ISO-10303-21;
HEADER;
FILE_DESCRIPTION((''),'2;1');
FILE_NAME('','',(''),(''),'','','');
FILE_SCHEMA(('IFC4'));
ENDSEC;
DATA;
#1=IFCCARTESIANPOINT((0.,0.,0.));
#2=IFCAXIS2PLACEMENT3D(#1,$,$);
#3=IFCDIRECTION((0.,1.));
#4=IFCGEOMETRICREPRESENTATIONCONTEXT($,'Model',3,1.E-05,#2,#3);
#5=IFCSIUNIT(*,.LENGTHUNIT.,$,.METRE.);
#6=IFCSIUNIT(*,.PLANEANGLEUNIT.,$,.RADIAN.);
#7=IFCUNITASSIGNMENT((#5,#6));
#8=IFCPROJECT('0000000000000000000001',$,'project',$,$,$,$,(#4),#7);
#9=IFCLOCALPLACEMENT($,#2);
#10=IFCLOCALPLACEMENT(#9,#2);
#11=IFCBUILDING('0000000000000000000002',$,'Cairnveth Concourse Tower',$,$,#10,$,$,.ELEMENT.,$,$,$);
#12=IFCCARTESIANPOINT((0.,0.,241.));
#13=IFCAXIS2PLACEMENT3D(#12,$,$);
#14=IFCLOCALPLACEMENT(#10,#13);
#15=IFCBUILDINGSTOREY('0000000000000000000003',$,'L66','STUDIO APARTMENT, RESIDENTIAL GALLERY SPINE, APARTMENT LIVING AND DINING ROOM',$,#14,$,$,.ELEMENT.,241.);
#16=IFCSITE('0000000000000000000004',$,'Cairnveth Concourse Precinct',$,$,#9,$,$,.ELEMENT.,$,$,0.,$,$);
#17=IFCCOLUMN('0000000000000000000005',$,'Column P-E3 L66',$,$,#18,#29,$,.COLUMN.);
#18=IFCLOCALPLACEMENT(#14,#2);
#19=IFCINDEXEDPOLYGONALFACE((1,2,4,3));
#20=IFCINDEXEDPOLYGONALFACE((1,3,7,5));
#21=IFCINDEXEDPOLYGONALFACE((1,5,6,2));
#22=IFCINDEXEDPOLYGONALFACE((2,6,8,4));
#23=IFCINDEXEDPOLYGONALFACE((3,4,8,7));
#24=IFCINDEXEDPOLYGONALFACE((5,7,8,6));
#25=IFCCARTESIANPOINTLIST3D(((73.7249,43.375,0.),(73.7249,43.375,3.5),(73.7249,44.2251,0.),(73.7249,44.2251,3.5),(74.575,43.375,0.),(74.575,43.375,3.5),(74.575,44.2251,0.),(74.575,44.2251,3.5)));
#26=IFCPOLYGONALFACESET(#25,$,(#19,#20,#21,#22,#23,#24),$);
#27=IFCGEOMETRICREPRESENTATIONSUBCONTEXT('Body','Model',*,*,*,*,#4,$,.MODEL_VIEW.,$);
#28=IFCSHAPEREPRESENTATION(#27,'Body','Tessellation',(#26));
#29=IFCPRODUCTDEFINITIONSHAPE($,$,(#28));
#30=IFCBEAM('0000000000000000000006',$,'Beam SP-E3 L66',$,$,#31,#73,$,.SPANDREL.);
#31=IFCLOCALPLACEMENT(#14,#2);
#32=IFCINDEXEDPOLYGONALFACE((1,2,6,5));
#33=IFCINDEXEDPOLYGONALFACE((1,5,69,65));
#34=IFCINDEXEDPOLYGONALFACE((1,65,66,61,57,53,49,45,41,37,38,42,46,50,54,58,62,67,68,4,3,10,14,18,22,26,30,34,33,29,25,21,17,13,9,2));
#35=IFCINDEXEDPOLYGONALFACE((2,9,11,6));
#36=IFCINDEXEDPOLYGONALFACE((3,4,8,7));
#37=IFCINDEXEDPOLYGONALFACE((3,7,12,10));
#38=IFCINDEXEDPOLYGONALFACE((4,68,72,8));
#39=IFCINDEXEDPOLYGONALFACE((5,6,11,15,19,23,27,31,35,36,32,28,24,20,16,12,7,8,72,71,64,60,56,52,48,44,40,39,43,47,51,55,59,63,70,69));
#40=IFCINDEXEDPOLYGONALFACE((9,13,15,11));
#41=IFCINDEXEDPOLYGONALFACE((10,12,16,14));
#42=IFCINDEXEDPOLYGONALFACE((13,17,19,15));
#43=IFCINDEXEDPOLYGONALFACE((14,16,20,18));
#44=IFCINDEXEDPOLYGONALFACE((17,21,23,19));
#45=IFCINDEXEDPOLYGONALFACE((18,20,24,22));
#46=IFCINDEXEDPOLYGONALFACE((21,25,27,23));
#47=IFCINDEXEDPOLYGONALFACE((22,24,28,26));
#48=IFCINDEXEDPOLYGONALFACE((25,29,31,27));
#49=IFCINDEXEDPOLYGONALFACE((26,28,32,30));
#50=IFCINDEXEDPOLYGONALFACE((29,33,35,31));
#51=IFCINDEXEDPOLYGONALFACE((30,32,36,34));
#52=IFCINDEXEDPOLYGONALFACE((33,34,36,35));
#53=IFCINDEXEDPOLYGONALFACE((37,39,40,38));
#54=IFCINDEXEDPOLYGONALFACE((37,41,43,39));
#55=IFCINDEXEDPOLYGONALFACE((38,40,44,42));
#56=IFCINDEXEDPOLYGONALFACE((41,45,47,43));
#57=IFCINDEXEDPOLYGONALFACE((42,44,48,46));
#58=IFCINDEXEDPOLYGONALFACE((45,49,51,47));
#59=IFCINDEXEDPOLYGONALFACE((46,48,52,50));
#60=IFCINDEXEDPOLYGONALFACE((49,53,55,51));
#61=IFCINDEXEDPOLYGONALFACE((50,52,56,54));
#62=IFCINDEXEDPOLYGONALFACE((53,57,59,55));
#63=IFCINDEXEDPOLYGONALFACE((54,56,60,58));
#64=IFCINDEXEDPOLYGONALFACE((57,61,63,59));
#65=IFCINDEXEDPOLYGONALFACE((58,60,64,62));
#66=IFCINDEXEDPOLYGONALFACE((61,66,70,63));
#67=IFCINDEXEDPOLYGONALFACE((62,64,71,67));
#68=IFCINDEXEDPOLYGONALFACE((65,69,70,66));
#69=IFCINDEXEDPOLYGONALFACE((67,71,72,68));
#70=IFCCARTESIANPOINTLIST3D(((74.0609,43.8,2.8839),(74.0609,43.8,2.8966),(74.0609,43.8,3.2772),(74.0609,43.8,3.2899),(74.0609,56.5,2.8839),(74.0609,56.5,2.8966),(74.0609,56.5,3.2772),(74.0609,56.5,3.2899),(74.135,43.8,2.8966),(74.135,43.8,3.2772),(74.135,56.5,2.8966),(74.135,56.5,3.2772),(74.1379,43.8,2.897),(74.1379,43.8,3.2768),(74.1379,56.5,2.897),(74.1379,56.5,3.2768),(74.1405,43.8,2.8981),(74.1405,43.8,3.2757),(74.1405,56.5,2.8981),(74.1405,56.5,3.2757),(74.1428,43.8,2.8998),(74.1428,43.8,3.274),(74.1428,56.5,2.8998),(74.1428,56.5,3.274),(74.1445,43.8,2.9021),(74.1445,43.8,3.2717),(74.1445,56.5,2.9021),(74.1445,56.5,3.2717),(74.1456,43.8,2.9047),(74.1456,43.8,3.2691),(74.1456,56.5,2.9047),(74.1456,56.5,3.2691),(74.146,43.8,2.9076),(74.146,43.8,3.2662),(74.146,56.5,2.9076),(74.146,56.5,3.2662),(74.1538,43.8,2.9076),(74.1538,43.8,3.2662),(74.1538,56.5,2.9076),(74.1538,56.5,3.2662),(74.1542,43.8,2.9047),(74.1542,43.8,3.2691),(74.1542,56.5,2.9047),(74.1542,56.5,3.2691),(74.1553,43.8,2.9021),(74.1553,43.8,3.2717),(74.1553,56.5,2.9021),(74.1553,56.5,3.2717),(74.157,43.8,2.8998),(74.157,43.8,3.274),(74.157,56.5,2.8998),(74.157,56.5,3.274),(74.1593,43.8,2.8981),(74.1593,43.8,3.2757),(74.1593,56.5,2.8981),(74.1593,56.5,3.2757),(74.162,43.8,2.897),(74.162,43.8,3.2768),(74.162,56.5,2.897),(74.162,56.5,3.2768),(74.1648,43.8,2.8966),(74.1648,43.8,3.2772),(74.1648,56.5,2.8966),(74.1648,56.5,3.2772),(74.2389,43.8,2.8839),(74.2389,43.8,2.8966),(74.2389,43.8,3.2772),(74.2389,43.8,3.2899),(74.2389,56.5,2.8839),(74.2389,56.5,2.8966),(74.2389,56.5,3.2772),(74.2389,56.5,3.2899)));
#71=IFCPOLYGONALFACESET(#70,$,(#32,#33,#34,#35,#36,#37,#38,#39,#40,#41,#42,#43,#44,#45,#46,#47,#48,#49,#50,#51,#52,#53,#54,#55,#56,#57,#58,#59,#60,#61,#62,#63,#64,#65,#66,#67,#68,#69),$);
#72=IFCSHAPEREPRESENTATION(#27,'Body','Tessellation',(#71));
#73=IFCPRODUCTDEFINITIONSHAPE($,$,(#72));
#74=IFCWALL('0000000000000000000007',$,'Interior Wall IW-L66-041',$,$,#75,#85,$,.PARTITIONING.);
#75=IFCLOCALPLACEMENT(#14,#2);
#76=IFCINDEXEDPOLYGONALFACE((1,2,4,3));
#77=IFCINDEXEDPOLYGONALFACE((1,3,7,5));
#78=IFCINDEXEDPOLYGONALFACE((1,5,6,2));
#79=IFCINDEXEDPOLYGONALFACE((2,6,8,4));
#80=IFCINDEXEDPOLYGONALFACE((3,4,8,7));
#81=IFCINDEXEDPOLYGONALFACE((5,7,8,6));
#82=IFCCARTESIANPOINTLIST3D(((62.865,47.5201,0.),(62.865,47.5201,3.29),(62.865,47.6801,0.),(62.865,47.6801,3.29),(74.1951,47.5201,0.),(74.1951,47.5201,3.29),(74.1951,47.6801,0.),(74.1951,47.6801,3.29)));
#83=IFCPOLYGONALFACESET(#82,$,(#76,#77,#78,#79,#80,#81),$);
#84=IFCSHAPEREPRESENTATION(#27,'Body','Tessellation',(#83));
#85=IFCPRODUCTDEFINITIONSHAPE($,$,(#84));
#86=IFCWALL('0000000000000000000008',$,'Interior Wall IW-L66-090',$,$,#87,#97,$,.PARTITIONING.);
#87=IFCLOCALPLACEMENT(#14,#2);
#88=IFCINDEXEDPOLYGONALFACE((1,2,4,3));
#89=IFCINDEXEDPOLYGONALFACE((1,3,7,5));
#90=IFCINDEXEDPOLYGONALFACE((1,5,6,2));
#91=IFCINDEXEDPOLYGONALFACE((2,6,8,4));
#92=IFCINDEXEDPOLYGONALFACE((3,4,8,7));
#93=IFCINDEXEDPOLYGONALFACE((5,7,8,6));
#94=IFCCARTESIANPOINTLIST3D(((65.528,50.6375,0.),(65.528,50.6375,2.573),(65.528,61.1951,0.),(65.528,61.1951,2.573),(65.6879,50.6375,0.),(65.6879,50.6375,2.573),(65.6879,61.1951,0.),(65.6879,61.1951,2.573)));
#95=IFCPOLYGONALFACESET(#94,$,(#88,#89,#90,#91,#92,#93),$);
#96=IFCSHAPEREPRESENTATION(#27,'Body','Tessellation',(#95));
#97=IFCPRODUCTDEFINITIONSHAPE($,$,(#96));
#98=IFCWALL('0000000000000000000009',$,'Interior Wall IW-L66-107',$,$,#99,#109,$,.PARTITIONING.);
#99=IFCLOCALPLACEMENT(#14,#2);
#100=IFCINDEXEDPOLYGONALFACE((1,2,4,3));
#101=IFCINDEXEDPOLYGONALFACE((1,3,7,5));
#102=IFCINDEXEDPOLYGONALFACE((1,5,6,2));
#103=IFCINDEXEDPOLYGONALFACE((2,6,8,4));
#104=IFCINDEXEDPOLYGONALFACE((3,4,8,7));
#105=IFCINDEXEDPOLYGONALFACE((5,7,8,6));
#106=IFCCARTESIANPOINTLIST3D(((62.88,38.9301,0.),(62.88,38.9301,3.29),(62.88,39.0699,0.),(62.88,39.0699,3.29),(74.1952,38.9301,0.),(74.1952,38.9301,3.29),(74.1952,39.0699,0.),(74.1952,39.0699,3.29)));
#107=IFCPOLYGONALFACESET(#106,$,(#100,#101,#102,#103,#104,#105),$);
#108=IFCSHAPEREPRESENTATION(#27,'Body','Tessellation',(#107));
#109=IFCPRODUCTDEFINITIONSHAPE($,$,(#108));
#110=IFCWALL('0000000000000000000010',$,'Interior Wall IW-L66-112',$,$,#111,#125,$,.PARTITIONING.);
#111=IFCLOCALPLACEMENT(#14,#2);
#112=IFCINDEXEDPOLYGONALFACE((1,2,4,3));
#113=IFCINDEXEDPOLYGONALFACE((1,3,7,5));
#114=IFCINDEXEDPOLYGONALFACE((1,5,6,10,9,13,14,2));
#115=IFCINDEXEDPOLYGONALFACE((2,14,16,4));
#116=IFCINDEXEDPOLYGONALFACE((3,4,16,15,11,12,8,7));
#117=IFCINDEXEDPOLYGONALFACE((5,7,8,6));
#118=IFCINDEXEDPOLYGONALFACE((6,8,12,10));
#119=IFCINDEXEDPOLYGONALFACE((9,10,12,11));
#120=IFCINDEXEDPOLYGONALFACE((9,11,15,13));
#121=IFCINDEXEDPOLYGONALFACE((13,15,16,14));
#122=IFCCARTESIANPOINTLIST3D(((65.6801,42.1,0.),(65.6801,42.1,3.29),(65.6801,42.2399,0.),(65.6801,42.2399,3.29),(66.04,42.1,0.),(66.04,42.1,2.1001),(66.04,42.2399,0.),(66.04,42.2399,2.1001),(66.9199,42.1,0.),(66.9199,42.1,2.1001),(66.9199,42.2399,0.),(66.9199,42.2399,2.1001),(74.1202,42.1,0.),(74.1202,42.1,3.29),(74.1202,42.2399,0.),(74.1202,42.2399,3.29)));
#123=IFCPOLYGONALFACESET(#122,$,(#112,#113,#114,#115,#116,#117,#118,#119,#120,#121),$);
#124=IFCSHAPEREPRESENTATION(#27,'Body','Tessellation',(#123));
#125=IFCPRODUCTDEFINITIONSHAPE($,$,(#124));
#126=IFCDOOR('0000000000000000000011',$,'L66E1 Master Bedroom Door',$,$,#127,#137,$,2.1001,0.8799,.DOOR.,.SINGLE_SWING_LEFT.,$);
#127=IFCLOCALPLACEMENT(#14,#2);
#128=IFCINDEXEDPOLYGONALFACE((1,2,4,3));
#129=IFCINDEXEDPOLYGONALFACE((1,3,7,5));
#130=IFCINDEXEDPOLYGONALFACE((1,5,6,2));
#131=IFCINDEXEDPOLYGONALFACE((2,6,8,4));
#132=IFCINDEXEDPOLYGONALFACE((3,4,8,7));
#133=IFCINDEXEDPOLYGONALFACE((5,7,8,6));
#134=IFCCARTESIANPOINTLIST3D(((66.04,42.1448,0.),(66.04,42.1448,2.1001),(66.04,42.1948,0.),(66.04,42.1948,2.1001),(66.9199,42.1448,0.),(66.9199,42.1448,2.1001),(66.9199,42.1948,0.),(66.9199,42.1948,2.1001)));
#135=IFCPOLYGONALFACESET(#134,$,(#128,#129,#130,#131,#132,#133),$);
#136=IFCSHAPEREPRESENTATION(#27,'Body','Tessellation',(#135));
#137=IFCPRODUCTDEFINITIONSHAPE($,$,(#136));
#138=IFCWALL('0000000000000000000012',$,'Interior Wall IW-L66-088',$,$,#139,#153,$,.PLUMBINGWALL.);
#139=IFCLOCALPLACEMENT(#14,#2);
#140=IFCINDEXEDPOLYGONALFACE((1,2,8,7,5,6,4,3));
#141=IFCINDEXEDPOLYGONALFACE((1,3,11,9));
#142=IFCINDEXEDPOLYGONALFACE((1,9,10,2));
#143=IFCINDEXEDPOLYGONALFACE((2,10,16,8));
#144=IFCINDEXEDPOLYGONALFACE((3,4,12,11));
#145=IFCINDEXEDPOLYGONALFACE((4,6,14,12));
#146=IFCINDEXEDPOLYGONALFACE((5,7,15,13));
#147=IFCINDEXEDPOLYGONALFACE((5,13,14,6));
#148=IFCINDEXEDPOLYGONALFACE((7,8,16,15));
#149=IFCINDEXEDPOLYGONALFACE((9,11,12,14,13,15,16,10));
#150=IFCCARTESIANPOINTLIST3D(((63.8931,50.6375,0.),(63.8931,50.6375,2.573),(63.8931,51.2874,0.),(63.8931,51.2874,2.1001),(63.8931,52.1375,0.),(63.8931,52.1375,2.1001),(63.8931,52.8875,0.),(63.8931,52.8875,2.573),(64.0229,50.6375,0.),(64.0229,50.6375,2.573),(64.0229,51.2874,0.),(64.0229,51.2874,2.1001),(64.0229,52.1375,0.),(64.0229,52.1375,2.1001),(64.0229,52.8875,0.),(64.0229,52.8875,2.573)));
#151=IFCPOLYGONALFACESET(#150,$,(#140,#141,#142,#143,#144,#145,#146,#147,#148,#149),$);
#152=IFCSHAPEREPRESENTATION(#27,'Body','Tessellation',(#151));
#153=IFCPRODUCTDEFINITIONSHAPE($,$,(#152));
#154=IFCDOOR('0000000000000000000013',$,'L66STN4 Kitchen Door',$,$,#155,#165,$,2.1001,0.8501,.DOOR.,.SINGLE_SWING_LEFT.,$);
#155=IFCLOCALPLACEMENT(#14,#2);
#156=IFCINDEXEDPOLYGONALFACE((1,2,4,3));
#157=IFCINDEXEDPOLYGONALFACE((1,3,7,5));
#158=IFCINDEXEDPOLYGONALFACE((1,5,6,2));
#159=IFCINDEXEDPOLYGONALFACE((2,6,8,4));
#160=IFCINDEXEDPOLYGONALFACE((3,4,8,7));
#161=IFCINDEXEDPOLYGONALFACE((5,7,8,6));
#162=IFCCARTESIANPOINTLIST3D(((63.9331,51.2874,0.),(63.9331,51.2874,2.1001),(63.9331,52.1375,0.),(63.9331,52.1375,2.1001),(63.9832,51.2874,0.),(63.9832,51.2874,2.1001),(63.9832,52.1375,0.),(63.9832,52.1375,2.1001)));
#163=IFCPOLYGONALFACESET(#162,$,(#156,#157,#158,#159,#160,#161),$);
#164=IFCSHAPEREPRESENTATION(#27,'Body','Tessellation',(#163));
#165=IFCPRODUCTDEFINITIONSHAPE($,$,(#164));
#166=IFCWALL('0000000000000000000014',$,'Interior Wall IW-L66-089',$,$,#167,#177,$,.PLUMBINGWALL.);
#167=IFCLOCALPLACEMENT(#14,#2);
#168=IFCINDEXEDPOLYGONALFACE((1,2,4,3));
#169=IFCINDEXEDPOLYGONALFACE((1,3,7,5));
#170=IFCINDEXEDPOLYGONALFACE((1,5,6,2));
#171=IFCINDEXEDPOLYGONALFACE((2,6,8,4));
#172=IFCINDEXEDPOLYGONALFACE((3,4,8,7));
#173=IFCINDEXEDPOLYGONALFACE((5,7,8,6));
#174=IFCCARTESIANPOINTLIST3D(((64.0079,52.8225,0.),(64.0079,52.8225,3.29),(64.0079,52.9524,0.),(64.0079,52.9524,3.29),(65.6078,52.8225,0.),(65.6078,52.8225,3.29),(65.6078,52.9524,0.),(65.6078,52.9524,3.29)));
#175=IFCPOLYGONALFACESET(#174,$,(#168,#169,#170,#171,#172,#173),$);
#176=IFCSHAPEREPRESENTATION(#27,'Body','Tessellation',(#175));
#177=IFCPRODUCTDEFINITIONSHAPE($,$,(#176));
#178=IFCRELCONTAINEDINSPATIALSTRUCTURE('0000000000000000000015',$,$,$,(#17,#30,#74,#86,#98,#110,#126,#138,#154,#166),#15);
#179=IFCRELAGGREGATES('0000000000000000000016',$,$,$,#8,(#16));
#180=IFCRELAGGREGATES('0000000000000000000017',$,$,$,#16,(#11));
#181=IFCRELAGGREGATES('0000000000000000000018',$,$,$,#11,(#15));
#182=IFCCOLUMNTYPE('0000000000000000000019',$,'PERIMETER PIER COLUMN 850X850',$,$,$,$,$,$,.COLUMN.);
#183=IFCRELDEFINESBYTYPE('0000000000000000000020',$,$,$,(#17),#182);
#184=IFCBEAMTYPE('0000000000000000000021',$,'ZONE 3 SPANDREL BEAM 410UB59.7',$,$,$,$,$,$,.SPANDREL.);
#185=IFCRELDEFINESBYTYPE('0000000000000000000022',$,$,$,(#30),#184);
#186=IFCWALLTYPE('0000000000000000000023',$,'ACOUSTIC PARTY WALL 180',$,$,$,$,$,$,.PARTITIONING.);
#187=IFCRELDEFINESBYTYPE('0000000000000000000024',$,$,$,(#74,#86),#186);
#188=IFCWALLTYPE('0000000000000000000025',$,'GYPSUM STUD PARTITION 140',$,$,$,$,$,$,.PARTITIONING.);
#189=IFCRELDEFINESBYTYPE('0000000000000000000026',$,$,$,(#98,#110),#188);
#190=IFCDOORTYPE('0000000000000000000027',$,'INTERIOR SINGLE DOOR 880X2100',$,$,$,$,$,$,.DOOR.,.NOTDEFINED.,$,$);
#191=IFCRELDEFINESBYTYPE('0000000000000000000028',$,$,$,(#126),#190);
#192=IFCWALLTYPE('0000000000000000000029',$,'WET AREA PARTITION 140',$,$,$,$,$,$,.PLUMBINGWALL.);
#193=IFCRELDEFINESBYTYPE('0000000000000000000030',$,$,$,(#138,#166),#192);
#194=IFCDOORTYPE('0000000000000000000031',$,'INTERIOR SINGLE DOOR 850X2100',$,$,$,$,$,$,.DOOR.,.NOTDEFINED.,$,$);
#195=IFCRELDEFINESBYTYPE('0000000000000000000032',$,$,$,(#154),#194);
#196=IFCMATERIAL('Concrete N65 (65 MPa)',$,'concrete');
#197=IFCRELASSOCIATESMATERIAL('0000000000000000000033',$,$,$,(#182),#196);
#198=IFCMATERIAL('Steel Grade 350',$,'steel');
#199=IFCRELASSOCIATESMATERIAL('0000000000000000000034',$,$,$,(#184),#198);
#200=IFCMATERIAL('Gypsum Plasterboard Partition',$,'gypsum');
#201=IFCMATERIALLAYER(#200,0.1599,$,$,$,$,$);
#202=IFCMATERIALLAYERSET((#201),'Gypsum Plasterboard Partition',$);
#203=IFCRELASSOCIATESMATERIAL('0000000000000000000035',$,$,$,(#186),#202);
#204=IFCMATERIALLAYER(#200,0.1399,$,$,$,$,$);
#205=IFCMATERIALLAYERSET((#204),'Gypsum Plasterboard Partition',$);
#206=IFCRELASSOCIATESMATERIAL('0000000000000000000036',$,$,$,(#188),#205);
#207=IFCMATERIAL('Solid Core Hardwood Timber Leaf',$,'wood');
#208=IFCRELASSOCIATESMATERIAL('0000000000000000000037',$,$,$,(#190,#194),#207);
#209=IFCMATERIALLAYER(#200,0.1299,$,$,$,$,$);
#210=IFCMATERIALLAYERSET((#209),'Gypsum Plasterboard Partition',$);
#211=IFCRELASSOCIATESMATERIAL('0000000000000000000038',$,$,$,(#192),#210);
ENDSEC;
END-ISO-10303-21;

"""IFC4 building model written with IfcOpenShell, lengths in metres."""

from ifc_helpers import new_model, si_unit, direction, frame, frame_2d, origin, origin_2d, place, context, subcontext, project, spatial, rectangle, i_section, extrude, material, layer, layer_set, material_profile, profile_set, type_object, element, fill, save


model = new_model("IFC4")

# Units and contexts
model_context = context("Model", 3, precision=1e-05, world=origin(), true_north=direction((0.0, 1.0)))
body_context = subcontext(model_context, "Body", "Model", "MODEL_VIEW")
ifc_project = project(units=[si_unit("LENGTHUNIT", "METRE"), si_unit("PLANEANGLEUNIT", "RADIAN")], contexts=[model_context])

# Site, building, storey
site_placement = place(None, origin())
site = spatial("IfcSite", under=ifc_project, at=site_placement, Name="Cairnveth Concourse Precinct", CompositionType="ELEMENT", RefElevation=0.0)
building_placement = place(site_placement, origin())
building = spatial("IfcBuilding", under=site, at=building_placement, Name="Cairnveth Concourse Tower", CompositionType="ELEMENT")
storey_placement = place(building_placement, frame((0.0, 0.0, 241.0)))
storey = spatial("IfcBuildingStorey", under=building, at=storey_placement, Name="L66", Description="STUDIO APARTMENT, RESIDENTIAL GALLERY SPINE, APARTMENT LIVING AND DINING ROOM", CompositionType="ELEMENT", Elevation=241.0)

# Column
ifc_material_1 = material(Name="Concrete N65 (65 MPa)", Category="concrete")
ifc_material_profile_1 = material_profile(ifc_material_1, rectangle(XDim=0.8501, YDim=0.8501, at=origin_2d()), Name="RC-COL-850x850")
ifc_profile_set_1 = profile_set([ifc_material_profile_1], Name="Concrete N65 (65 MPa)")
column_type = type_object("IfcColumnType", Name="PERIMETER PIER COLUMN 850X850", PredefinedType="COLUMN", material=ifc_profile_set_1)
column_placement = place(storey_placement, frame((74.1499, 43.8, 0.0), z_axis=(0.0, 0.0, 1.0), x_axis=(0.0, 1.0, 0.0)))
element("IfcColumn", 1, at=column_placement, inside=storey, type_object=column_type, Name="Column P-E3 L66", PredefinedType="COLUMN", context=body_context, shape_type="SweptSolid", body=[
    extrude(rectangle(XDim=0.8501, YDim=0.8501, at=origin_2d()), origin(), (0.0, 0.0, 1.0), 3.5),
])

# Beam
ifc_material_2 = material(Name="Steel Grade 350", Category="steel")
ifc_material_profile_2 = material_profile(ifc_material_2, i_section(OverallWidth=0.178, OverallDepth=0.406, WebThickness=0.0078, FlangeThickness=0.0127, FilletRadius=0.011, at=origin_2d()), Name="410UB59.7")
ifc_profile_set_2 = profile_set([ifc_material_profile_2], Name="Steel Grade 350")
beam_type = type_object("IfcBeamType", Name="ZONE 3 SPANDREL BEAM 410UB59.7", PredefinedType="SPANDREL", material=ifc_profile_set_2)
beam_placement = place(storey_placement, frame((74.1499, 43.8, 3.0869), z_axis=(0.0, 1.0, 0.0), x_axis=(-1.0, 0.0, 0.0)))
element("IfcBeam", 2, at=beam_placement, inside=storey, type_object=beam_type, Name="Beam SP-E3 L66", PredefinedType="SPANDREL", context=body_context, shape_type="SweptSolid", body=[
    extrude(i_section(OverallWidth=0.178, OverallDepth=0.406, WebThickness=0.0078, FlangeThickness=0.0127, FilletRadius=0.011, at=origin_2d()), origin(), (0.0, 0.0, 1.0), 12.7),
])

# Walls
ifc_material_3 = material(Name="Gypsum Plasterboard Partition", Category="gypsum")
ifc_layer_1 = layer(ifc_material_3, 0.1599)
ifc_layer_set_1 = layer_set([ifc_layer_1], Name="Gypsum Plasterboard Partition")
wall_type_1 = type_object("IfcWallType", Name="ACOUSTIC PARTY WALL 180", PredefinedType="PARTITIONING", material=ifc_layer_set_1)
wall_1_placement = place(storey_placement, frame((62.865, 47.6001, 0.0), z_axis=(0.0, 0.0, 1.0), x_axis=(1.0, 0.0, 0.0)))
element("IfcWall", 3, at=wall_1_placement, inside=storey, type_object=wall_type_1, Name="Interior Wall IW-L66-041", PredefinedType="PARTITIONING", context=body_context, shape_type="SweptSolid", body=[
    extrude(rectangle(XDim=11.3301, YDim=0.1599, at=frame_2d((5.665, 0.0))), origin(), (0.0, 0.0, 1.0), 3.29),
])
wall_2_placement = place(storey_placement, frame((65.6079, 50.6375, 0.0), z_axis=(0.0, 0.0, 1.0), x_axis=(0.0, 1.0, 0.0)))
element("IfcWall", 4, at=wall_2_placement, inside=storey, type_object=wall_type_1, Name="Interior Wall IW-L66-090", PredefinedType="PARTITIONING", context=body_context, shape_type="SweptSolid", body=[
    extrude(rectangle(XDim=10.5576, YDim=0.1599, at=frame_2d((5.2788, 0.0))), origin(), (0.0, 0.0, 1.0), 2.573),
])
ifc_layer_2 = layer(ifc_material_3, 0.1399)
ifc_layer_set_2 = layer_set([ifc_layer_2], Name="Gypsum Plasterboard Partition")
wall_type_2 = type_object("IfcWallType", Name="GYPSUM STUD PARTITION 140", PredefinedType="PARTITIONING", material=ifc_layer_set_2)
wall_3_placement = place(storey_placement, frame((62.8799, 39.0, 0.0), z_axis=(0.0, 0.0, 1.0), x_axis=(1.0, 0.0, 0.0)))
element("IfcWall", 5, at=wall_3_placement, inside=storey, type_object=wall_type_2, Name="Interior Wall IW-L66-107", PredefinedType="PARTITIONING", context=body_context, shape_type="SweptSolid", body=[
    extrude(rectangle(XDim=11.3152, YDim=0.1399, at=frame_2d((5.6577, 0.0))), origin(), (0.0, 0.0, 1.0), 3.29),
])

# Walls, openings, doors
wall_4_placement = place(storey_placement, frame((65.6799, 42.1699, 0.0), z_axis=(0.0, 0.0, 1.0), x_axis=(1.0, 0.0, 0.0)))
wall_4 = element("IfcWall", 6, at=wall_4_placement, inside=storey, type_object=wall_type_2, Name="Interior Wall IW-L66-112", PredefinedType="PARTITIONING", context=body_context, shape_type="SweptSolid", body=[
    extrude(rectangle(XDim=8.4402, YDim=0.1399, at=frame_2d((4.2202, 0.0))), origin(), (0.0, 0.0, 1.0), 3.29),
])
opening_1_placement = place(wall_4_placement, frame((0.3601, 0.0, 0.0)))
opening_1 = element("IfcOpeningElement", 7, at=opening_1_placement, cuts=wall_4, PredefinedType="OPENING", context=body_context, shape_type="SweptSolid", body=[
    extrude(rectangle(XDim=0.8799, YDim=2.1001, at=frame_2d((0.4399, 1.05))), frame((0.0, 0.0798, 0.0), z_axis=(0.0, -1.0, 0.0), x_axis=(1.0, 0.0, 0.0)), (0.0, 0.0, 1.0), 0.1599),
])
ifc_material_4 = material(Name="Solid Core Hardwood Timber Leaf", Category="wood")
door_type_1 = type_object("IfcDoorType", Name="INTERIOR SINGLE DOOR 880X2100", OperationType="NOTDEFINED", PredefinedType="DOOR", material=ifc_material_4)
door_1_placement = place(opening_1_placement, origin())
door_1 = element("IfcDoor", 8, at=door_1_placement, inside=storey, type_object=door_type_1, Name="L66E1 Master Bedroom Door", OperationType="SINGLE_SWING_LEFT", OverallHeight=2.1001, OverallWidth=0.8799, PredefinedType="DOOR", context=body_context, shape_type="SweptSolid", body=[
    extrude(rectangle(XDim=0.8799, YDim=2.1001, at=frame_2d((0.4399, 1.05))), frame((0.0, 0.0249, 0.0), z_axis=(0.0, -1.0, 0.0), x_axis=(1.0, 0.0, 0.0)), (0.0, 0.0, 1.0), 0.05),
])
fill(opening_1, door_1)
ifc_layer_3 = layer(ifc_material_3, 0.1299)
ifc_layer_set_3 = layer_set([ifc_layer_3], Name="Gypsum Plasterboard Partition")
wall_type_3 = type_object("IfcWallType", Name="WET AREA PARTITION 140", PredefinedType="PLUMBINGWALL", material=ifc_layer_set_3)
wall_5_placement = place(storey_placement, frame((63.958, 50.6375, 0.0), z_axis=(0.0, 0.0, 1.0), x_axis=(0.0, 1.0, 0.0)))
wall_5 = element("IfcWall", 9, at=wall_5_placement, inside=storey, type_object=wall_type_3, Name="Interior Wall IW-L66-088", PredefinedType="PLUMBINGWALL", context=body_context, shape_type="SweptSolid", body=[
    extrude(rectangle(XDim=2.25, YDim=0.1299, at=frame_2d((1.125, 0.0))), origin(), (0.0, 0.0, 1.0), 2.573),
])
opening_2_placement = place(wall_5_placement, frame((0.6499, 0.0, 0.0)))
opening_2 = element("IfcOpeningElement", 10, at=opening_2_placement, cuts=wall_5, PredefinedType="OPENING", context=body_context, shape_type="SweptSolid", body=[
    extrude(rectangle(XDim=0.8501, YDim=2.1001, at=frame_2d((0.425, 1.05))), frame((0.0, 0.075, 0.0), z_axis=(0.0, -1.0, 0.0), x_axis=(1.0, 0.0, 0.0)), (0.0, 0.0, 1.0), 0.1499),
])
door_type_2 = type_object("IfcDoorType", Name="INTERIOR SINGLE DOOR 850X2100", OperationType="NOTDEFINED", PredefinedType="DOOR", material=ifc_material_4)
door_2_placement = place(opening_2_placement, origin())
door_2 = element("IfcDoor", 11, at=door_2_placement, inside=storey, type_object=door_type_2, Name="L66STN4 Kitchen Door", OperationType="SINGLE_SWING_LEFT", OverallHeight=2.1001, OverallWidth=0.8501, PredefinedType="DOOR", context=body_context, shape_type="SweptSolid", body=[
    extrude(rectangle(XDim=0.8501, YDim=2.1001, at=frame_2d((0.425, 1.05))), frame((0.0, 0.0249, 0.0), z_axis=(0.0, -1.0, 0.0), x_axis=(1.0, 0.0, 0.0)), (0.0, 0.0, 1.0), 0.05),
])
fill(opening_2, door_2)

# Wall
wall_6_placement = place(storey_placement, frame((64.0081, 52.8875, 0.0), z_axis=(0.0, 0.0, 1.0), x_axis=(1.0, 0.0, 0.0)))
element("IfcWall", 12, at=wall_6_placement, inside=storey, type_object=wall_type_3, Name="Interior Wall IW-L66-089", PredefinedType="PLUMBINGWALL", context=body_context, shape_type="SweptSolid", body=[
    extrude(rectangle(XDim=1.5999, YDim=0.1299, at=frame_2d((0.7998, 0.0))), origin(), (0.0, 0.0, 1.0), 3.29),
])

save(model, "model.ifc")
